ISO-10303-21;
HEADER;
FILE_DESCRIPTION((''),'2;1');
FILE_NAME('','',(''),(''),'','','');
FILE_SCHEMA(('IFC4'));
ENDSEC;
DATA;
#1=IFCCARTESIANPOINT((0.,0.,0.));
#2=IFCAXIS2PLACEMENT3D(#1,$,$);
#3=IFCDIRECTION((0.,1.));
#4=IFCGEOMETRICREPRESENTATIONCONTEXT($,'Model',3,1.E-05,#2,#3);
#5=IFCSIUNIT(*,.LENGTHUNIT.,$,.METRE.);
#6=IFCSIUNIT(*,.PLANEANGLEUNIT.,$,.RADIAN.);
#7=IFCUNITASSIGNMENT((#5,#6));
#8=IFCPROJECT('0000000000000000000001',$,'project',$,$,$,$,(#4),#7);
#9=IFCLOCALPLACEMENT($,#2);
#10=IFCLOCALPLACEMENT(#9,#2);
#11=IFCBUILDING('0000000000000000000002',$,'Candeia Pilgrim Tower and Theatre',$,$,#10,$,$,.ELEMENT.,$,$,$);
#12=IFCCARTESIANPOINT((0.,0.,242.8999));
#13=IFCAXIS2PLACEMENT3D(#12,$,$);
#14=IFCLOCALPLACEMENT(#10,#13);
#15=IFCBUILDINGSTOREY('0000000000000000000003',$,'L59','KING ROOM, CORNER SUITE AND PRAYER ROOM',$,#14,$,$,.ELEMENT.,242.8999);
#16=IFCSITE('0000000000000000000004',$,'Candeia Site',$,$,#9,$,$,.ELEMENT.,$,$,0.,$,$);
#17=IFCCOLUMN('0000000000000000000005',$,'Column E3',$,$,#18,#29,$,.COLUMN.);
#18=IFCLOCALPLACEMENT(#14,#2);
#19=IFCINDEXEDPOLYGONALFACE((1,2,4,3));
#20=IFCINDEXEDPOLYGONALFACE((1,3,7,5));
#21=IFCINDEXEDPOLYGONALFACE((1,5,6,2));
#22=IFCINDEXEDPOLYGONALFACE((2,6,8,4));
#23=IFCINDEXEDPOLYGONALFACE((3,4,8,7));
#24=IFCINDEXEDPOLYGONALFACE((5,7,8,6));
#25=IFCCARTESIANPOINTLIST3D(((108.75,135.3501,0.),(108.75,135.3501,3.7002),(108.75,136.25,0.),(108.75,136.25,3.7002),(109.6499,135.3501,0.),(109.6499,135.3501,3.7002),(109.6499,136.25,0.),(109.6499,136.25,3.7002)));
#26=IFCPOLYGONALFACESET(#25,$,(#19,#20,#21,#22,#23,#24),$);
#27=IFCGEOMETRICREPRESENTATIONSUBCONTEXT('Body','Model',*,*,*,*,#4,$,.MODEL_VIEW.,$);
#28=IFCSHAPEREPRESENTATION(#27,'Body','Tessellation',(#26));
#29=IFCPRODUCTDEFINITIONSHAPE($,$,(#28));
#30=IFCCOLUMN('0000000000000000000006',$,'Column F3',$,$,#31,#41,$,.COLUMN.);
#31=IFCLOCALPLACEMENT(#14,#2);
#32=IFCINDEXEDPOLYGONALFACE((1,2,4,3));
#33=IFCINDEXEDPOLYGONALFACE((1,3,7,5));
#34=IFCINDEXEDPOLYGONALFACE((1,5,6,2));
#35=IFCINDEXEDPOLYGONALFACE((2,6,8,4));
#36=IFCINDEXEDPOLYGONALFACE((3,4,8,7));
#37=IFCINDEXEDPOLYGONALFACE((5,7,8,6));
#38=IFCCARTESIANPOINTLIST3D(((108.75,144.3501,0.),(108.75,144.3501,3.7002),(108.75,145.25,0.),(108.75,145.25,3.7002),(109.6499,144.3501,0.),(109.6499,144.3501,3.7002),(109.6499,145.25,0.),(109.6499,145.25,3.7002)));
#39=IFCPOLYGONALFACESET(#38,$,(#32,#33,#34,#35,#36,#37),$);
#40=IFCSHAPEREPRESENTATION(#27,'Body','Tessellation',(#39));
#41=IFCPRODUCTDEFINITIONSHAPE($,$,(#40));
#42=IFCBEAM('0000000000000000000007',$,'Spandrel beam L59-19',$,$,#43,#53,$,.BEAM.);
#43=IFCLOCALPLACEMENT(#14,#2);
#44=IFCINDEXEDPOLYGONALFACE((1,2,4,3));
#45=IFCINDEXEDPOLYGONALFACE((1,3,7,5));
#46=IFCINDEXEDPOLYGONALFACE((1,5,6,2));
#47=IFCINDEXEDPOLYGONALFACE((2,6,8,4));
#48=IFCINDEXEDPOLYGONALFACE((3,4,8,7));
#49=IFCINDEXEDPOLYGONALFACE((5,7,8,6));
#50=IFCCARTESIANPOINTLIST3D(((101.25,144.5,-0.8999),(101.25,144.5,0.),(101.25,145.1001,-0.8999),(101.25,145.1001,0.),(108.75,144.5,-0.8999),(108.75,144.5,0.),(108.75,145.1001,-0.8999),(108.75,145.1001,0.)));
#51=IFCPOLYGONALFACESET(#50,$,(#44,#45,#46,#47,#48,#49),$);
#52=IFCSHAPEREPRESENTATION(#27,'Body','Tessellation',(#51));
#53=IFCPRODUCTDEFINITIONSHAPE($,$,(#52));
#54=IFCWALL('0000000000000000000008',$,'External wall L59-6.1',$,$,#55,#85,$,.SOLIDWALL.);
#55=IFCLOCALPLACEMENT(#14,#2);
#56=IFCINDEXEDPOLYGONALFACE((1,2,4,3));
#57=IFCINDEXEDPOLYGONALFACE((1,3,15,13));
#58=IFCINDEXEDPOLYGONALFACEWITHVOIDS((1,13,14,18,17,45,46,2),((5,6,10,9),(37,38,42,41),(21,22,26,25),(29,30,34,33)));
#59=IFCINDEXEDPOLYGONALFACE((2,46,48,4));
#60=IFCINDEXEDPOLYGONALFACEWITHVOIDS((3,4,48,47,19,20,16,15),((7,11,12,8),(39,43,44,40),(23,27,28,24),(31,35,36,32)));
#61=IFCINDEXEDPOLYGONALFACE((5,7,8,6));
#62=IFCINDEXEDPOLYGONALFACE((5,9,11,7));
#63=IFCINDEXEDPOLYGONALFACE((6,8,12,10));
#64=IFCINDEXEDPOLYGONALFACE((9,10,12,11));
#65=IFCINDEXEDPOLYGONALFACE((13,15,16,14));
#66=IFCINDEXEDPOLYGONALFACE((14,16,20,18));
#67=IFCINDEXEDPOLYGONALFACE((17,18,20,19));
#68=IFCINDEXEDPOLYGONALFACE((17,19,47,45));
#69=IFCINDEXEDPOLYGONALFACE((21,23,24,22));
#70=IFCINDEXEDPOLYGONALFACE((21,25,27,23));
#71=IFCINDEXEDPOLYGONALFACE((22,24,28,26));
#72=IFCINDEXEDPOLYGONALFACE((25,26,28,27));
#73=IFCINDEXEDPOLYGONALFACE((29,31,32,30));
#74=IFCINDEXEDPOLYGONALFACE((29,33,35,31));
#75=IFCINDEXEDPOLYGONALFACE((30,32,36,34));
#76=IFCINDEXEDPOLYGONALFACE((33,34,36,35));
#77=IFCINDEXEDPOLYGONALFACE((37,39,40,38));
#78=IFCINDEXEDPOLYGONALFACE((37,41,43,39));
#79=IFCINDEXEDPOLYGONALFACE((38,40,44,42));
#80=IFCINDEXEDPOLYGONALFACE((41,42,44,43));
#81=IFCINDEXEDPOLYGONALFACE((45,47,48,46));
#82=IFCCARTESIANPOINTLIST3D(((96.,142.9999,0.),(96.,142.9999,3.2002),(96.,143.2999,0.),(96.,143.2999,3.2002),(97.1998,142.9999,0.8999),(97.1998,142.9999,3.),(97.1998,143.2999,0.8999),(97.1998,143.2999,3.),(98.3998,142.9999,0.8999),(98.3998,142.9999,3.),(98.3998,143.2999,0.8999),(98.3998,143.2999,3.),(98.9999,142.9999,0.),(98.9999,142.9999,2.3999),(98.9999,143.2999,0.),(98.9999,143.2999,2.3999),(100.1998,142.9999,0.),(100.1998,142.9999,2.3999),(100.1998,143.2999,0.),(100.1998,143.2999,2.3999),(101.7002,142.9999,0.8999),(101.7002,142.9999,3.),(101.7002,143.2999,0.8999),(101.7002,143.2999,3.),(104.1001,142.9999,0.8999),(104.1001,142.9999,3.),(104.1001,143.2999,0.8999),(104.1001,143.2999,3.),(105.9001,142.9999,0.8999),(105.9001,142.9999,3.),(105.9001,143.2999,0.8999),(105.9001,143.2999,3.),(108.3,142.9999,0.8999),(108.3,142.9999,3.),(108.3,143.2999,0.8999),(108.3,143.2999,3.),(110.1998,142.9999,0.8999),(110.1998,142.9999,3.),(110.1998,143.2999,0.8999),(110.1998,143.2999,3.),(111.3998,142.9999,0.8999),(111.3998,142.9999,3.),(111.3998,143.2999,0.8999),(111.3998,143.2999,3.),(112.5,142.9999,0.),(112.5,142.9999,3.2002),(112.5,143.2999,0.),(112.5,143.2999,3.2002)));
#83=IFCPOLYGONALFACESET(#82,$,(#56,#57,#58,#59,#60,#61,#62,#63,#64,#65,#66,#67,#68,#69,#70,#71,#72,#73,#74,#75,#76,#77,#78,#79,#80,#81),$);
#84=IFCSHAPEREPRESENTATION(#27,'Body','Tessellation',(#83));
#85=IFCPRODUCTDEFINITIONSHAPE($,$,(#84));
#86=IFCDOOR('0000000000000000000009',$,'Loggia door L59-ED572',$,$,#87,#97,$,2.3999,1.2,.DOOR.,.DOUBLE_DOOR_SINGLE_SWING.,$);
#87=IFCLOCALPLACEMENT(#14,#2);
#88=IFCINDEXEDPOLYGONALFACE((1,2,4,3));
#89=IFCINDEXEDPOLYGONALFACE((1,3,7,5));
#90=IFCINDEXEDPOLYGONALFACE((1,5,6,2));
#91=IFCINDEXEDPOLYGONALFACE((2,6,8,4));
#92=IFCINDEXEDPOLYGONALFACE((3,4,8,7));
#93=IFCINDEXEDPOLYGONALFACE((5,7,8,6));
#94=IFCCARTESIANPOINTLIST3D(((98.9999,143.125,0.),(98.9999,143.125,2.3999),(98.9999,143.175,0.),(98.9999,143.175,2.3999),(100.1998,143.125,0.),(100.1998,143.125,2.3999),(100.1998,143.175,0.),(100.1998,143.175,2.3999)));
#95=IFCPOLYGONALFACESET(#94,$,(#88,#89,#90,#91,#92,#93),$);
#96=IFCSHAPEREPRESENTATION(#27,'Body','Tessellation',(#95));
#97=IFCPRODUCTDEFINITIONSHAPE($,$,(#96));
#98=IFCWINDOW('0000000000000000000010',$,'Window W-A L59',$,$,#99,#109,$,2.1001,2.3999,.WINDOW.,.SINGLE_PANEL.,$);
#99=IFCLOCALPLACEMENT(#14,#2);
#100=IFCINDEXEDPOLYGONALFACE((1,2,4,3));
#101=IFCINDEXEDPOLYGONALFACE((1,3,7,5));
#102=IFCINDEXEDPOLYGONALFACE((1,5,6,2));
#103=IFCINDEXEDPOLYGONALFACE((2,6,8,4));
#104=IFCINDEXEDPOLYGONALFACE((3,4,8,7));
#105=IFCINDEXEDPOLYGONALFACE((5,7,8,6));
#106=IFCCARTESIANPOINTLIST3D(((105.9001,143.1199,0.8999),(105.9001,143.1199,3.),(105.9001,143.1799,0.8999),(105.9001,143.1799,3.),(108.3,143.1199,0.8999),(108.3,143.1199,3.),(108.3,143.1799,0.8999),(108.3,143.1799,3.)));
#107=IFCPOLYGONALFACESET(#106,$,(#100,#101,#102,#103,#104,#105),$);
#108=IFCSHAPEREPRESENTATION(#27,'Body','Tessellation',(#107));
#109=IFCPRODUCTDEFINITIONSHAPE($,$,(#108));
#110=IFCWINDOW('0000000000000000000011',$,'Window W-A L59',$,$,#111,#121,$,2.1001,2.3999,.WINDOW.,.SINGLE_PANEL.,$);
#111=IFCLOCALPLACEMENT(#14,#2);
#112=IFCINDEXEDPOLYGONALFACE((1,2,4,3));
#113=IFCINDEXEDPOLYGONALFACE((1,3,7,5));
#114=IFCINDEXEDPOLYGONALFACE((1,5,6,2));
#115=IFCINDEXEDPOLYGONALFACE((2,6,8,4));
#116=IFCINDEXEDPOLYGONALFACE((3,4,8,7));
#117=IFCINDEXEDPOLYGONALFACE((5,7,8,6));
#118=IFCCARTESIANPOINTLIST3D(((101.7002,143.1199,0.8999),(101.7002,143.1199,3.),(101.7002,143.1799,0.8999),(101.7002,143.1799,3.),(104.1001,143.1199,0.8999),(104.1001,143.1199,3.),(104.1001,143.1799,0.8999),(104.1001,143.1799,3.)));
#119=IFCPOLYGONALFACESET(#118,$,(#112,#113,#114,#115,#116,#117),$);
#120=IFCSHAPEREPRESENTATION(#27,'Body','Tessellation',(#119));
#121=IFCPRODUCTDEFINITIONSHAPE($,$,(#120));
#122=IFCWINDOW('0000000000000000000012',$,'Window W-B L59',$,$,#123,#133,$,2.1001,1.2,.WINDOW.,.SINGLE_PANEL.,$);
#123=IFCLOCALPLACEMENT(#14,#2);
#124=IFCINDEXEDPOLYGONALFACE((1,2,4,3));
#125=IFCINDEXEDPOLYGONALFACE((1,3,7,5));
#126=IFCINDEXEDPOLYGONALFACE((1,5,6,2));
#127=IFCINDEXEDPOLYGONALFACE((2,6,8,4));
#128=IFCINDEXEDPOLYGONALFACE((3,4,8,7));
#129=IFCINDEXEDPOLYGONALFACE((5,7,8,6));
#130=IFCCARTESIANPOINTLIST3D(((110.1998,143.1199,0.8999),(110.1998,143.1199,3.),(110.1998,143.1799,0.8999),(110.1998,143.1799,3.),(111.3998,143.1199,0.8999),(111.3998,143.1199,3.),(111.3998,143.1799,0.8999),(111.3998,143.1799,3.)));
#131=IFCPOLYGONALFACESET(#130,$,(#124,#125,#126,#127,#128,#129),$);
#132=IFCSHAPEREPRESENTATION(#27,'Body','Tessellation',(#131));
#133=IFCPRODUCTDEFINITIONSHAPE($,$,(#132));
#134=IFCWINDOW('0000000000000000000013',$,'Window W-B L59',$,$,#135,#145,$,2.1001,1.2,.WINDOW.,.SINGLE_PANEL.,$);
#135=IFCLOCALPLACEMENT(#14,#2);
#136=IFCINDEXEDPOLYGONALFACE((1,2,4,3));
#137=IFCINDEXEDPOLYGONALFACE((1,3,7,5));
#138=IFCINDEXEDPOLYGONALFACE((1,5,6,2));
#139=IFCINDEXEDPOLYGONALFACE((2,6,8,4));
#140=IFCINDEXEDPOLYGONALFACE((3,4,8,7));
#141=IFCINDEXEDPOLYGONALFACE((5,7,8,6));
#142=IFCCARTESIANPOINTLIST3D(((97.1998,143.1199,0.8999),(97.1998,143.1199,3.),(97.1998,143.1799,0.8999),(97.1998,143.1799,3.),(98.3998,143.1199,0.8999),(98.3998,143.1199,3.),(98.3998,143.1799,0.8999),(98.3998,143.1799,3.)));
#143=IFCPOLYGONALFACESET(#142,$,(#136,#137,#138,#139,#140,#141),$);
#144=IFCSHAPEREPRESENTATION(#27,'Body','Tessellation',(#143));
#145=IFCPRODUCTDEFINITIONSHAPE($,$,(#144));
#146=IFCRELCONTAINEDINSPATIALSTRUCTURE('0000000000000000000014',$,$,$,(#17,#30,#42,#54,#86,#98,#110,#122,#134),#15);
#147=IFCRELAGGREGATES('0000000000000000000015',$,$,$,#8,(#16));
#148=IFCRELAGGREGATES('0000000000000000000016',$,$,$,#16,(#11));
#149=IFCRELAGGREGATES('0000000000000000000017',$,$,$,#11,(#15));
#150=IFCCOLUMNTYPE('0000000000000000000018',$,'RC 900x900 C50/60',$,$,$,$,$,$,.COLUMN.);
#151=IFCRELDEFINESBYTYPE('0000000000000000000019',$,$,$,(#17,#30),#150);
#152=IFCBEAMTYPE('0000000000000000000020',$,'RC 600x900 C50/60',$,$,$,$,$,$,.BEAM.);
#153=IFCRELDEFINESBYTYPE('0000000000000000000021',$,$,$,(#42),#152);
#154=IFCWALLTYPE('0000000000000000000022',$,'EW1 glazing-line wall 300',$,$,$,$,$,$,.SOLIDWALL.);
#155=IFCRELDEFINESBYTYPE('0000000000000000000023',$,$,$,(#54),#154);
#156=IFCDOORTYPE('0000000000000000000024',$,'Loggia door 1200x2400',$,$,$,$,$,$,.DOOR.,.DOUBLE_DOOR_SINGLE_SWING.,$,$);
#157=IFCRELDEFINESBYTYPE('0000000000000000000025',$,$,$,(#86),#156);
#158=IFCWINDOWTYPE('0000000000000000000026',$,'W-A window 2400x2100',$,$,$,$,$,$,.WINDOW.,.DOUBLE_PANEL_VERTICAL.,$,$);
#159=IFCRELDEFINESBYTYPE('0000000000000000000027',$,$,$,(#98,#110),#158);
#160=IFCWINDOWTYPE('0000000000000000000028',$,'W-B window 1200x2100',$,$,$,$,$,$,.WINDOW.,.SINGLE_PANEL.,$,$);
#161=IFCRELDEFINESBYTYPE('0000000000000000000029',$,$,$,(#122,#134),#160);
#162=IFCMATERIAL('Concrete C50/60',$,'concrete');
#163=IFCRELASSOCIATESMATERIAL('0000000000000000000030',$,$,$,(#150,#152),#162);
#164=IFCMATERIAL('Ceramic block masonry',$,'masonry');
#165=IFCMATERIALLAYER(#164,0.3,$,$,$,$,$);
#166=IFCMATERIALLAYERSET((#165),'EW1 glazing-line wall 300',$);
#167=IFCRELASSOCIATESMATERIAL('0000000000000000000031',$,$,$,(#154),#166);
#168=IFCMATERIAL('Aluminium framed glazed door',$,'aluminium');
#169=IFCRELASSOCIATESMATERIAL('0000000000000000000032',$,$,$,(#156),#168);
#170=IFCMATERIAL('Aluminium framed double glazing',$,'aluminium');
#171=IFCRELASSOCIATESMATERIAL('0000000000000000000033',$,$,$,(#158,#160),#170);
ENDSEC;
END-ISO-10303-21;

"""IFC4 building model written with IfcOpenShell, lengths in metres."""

from ifc_helpers import new_model, si_unit, direction, frame, frame_2d, origin, origin_2d, place, context, subcontext, project, spatial, rectangle, extrude, material, layer, layer_set, material_profile, profile_set, type_object, element, fill, save


model = new_model("IFC4")

# Units and contexts
model_context = context("Model", 3, precision=1e-05, world=origin(), true_north=direction((0.0, 1.0)))
body_context = subcontext(model_context, "Body", "Model", "MODEL_VIEW")
ifc_project = project(units=[si_unit("LENGTHUNIT", "METRE"), si_unit("PLANEANGLEUNIT", "RADIAN")], contexts=[model_context])

# Site, building, storey
site_placement = place(None, origin())
site = spatial("IfcSite", under=ifc_project, at=site_placement, Name="Candeia Site", CompositionType="ELEMENT", RefElevation=0.0)
building_placement = place(site_placement, origin())
building = spatial("IfcBuilding", under=site, at=building_placement, Name="Candeia Pilgrim Tower and Theatre", CompositionType="ELEMENT")
storey_placement = place(building_placement, frame((0.0, 0.0, 242.8999)))
storey = spatial("IfcBuildingStorey", under=building, at=storey_placement, Name="L59", Description="KING ROOM, CORNER SUITE AND PRAYER ROOM", CompositionType="ELEMENT", Elevation=242.8999)

# Columns
ifc_material_1 = material(Name="Concrete C50/60", Category="concrete")
ifc_material_profile_1 = material_profile(ifc_material_1, rectangle(XDim=0.8999, YDim=0.8999, at=origin_2d()))
ifc_profile_set_1 = profile_set([ifc_material_profile_1], Name="Concrete C50/60")
column_type = type_object("IfcColumnType", Name="RC 900x900 C50/60", PredefinedType="COLUMN", material=ifc_profile_set_1)
for number, where, z_axis, x_axis, name in (
    (1, (109.2, 135.8, 0.0), (0.0, 0.0, 1.0), (1.0, 0.0, 0.0), "Column E3"),
    (2, (109.2, 144.8, 0.0), (0.0, 0.0, 1.0), (1.0, 0.0, 0.0), "Column F3"),
):
    element("IfcColumn", number, at=place(storey_placement, frame(where, z_axis=z_axis, x_axis=x_axis)), inside=storey, type_object=column_type, Name=name, PredefinedType="COLUMN", context=body_context, shape_type="SweptSolid", body=[
        extrude(rectangle(XDim=0.8999, YDim=0.8999, at=origin_2d()), origin(), (0.0, 0.0, 1.0), 3.7002),
    ])

# Beam
ifc_material_profile_2 = material_profile(ifc_material_1, rectangle(XDim=0.6001, YDim=0.8999, at=origin_2d()))
ifc_profile_set_2 = profile_set([ifc_material_profile_2], Name="Concrete C50/60")
beam_type = type_object("IfcBeamType", Name="RC 600x900 C50/60", PredefinedType="BEAM", material=ifc_profile_set_2)
beam_placement = place(storey_placement, frame((108.75, 144.8, -0.45), z_axis=(-1.0, 0.0, 0.0), x_axis=(0.0, -1.0, 0.0)))
element("IfcBeam", 3, at=beam_placement, inside=storey, type_object=beam_type, Name="Spandrel beam L59-19", PredefinedType="BEAM", context=body_context, shape_type="SweptSolid", body=[
    extrude(rectangle(XDim=0.6001, YDim=0.8999, at=origin_2d()), origin(), (0.0, 0.0, 1.0), 7.5),
])

# Wall, openings, door, windows
ifc_material_2 = material(Name="Ceramic block masonry", Category="masonry")
ifc_layer_1 = layer(ifc_material_2, 0.3)
ifc_layer_set_1 = layer_set([ifc_layer_1], Name="EW1 glazing-line wall 300")
wall_type_1 = type_object("IfcWallType", Name="EW1 glazing-line wall 300", PredefinedType="SOLIDWALL", material=ifc_layer_set_1)
wall_1_placement = place(storey_placement, frame((112.5, 143.1499, 0.0), z_axis=(0.0, 0.0, 1.0), x_axis=(-1.0, 0.0, 0.0)))
wall_1 = element("IfcWall", 4, at=wall_1_placement, inside=storey, type_object=wall_type_1, Name="External wall L59-6.1", PredefinedType="SOLIDWALL", context=body_context, shape_type="SweptSolid", body=[
    extrude(rectangle(XDim=16.5, YDim=0.3, at=frame_2d((8.25, 0.0))), origin(), (0.0, 0.0, 1.0), 3.2002),
])
opening_1_placement = place(wall_1_placement, frame((1.1001, 0.0, 0.8999)))
opening_1 = element("IfcOpeningElement", 5, at=opening_1_placement, cuts=wall_1, PredefinedType="OPENING", context=body_context, shape_type="SweptSolid", body=[
    extrude(rectangle(XDim=1.2, YDim=2.1001, at=frame_2d((0.6001, 1.05))), frame((0.0, 0.1602, 0.0), z_axis=(0.0, -1.0, 0.0), x_axis=(1.0, 0.0, 0.0)), (0.0, 0.0, 1.0), 0.3201),
])
opening_2_placement = place(wall_1_placement, frame((4.2, 0.0, 0.8999)))
opening_2 = element("IfcOpeningElement", 6, at=opening_2_placement, cuts=wall_1, PredefinedType="OPENING", context=body_context, shape_type="SweptSolid", body=[
    extrude(rectangle(XDim=2.3999, YDim=2.1001, at=frame_2d((1.2, 1.05))), frame((0.0, 0.1602, 0.0), z_axis=(0.0, -1.0, 0.0), x_axis=(1.0, 0.0, 0.0)), (0.0, 0.0, 1.0), 0.3201),
])
opening_3_placement = place(wall_1_placement, frame((8.3999, 0.0, 0.8999)))
opening_3 = element("IfcOpeningElement", 7, at=opening_3_placement, cuts=wall_1, PredefinedType="OPENING", context=body_context, shape_type="SweptSolid", body=[
    extrude(rectangle(XDim=2.3999, YDim=2.1001, at=frame_2d((1.2, 1.05))), frame((0.0, 0.1602, 0.0), z_axis=(0.0, -1.0, 0.0), x_axis=(1.0, 0.0, 0.0)), (0.0, 0.0, 1.0), 0.3201),
])
opening_4_placement = place(wall_1_placement, frame((12.3, 0.0, 0.0)))
opening_4 = element("IfcOpeningElement", 8, at=opening_4_placement, cuts=wall_1, PredefinedType="OPENING", context=body_context, shape_type="SweptSolid", body=[
    extrude(rectangle(XDim=1.2, YDim=2.3999, at=frame_2d((0.6001, 1.2))), frame((0.0, 0.1602, 0.0), z_axis=(0.0, -1.0, 0.0), x_axis=(1.0, 0.0, 0.0)), (0.0, 0.0, 1.0), 0.3201),
])
opening_5_placement = place(wall_1_placement, frame((14.1001, 0.0, 0.8999)))
opening_5 = element("IfcOpeningElement", 9, at=opening_5_placement, cuts=wall_1, PredefinedType="OPENING", context=body_context, shape_type="SweptSolid", body=[
    extrude(rectangle(XDim=1.2, YDim=2.1001, at=frame_2d((0.6001, 1.05))), frame((0.0, 0.1602, 0.0), z_axis=(0.0, -1.0, 0.0), x_axis=(1.0, 0.0, 0.0)), (0.0, 0.0, 1.0), 0.3201),
])
ifc_material_3 = material(Name="Aluminium framed glazed door", Category="aluminium")
door_type_1 = type_object("IfcDoorType", Name="Loggia door 1200x2400", OperationType="DOUBLE_DOOR_SINGLE_SWING", PredefinedType="DOOR", material=ifc_material_3)
door_1_placement = place(opening_4_placement, origin())
door_1 = element("IfcDoor", 10, at=door_1_placement, inside=storey, type_object=door_type_1, Name="Loggia door L59-ED572", OperationType="DOUBLE_DOOR_SINGLE_SWING", OverallHeight=2.3999, OverallWidth=1.2, PredefinedType="DOOR", context=body_context, shape_type="SweptSolid", body=[
    extrude(rectangle(XDim=1.2, YDim=2.3999, at=frame_2d((0.6001, 1.2))), frame((0.0, 0.0249, 0.0), z_axis=(0.0, -1.0, 0.0), x_axis=(1.0, 0.0, 0.0)), (0.0, 0.0, 1.0), 0.05),
])
fill(opening_4, door_1)
ifc_material_4 = material(Name="Aluminium framed double glazing", Category="aluminium")
window_type_1 = type_object("IfcWindowType", Name="W-A window 2400x2100", PartitioningType="DOUBLE_PANEL_VERTICAL", PredefinedType="WINDOW", material=ifc_material_4)
window_1_placement = place(opening_2_placement, origin())
window_1 = element("IfcWindow", 11, at=window_1_placement, inside=storey, type_object=window_type_1, Name="Window W-A L59", OverallHeight=2.1001, OverallWidth=2.3999, PartitioningType="SINGLE_PANEL", PredefinedType="WINDOW", context=body_context, shape_type="SweptSolid", body=[
    extrude(rectangle(XDim=2.3999, YDim=2.1001, at=frame_2d((1.2, 1.05))), frame((0.0, 0.03, 0.0), z_axis=(0.0, -1.0, 0.0), x_axis=(1.0, 0.0, 0.0)), (0.0, 0.0, 1.0), 0.0601),
])
fill(opening_2, window_1)
window_2_placement = place(opening_3_placement, origin())
window_2 = element("IfcWindow", 12, at=window_2_placement, inside=storey, type_object=window_type_1, Name="Window W-A L59", OverallHeight=2.1001, OverallWidth=2.3999, PartitioningType="SINGLE_PANEL", PredefinedType="WINDOW", context=body_context, shape_type="SweptSolid", body=[
    extrude(rectangle(XDim=2.3999, YDim=2.1001, at=frame_2d((1.2, 1.05))), frame((0.0, 0.03, 0.0), z_axis=(0.0, -1.0, 0.0), x_axis=(1.0, 0.0, 0.0)), (0.0, 0.0, 1.0), 0.0601),
])
fill(opening_3, window_2)
window_type_2 = type_object("IfcWindowType", Name="W-B window 1200x2100", PartitioningType="SINGLE_PANEL", PredefinedType="WINDOW", material=ifc_material_4)
window_3_placement = place(opening_1_placement, origin())
window_3 = element("IfcWindow", 13, at=window_3_placement, inside=storey, type_object=window_type_2, Name="Window W-B L59", OverallHeight=2.1001, OverallWidth=1.2, PartitioningType="SINGLE_PANEL", PredefinedType="WINDOW", context=body_context, shape_type="SweptSolid", body=[
    extrude(rectangle(XDim=1.2, YDim=2.1001, at=frame_2d((0.6001, 1.05))), frame((0.0, 0.03, 0.0), z_axis=(0.0, -1.0, 0.0), x_axis=(1.0, 0.0, 0.0)), (0.0, 0.0, 1.0), 0.0601),
])
fill(opening_1, window_3)
window_4_placement = place(opening_5_placement, origin())
window_4 = element("IfcWindow", 14, at=window_4_placement, inside=storey, type_object=window_type_2, Name="Window W-B L59", OverallHeight=2.1001, OverallWidth=1.2, PartitioningType="SINGLE_PANEL", PredefinedType="WINDOW", context=body_context, shape_type="SweptSolid", body=[
    extrude(rectangle(XDim=1.2, YDim=2.1001, at=frame_2d((0.6001, 1.05))), frame((0.0, 0.03, 0.0), z_axis=(0.0, -1.0, 0.0), x_axis=(1.0, 0.0, 0.0)), (0.0, 0.0, 1.0), 0.0601),
])
fill(opening_5, window_4)

save(model, "model.ifc")
